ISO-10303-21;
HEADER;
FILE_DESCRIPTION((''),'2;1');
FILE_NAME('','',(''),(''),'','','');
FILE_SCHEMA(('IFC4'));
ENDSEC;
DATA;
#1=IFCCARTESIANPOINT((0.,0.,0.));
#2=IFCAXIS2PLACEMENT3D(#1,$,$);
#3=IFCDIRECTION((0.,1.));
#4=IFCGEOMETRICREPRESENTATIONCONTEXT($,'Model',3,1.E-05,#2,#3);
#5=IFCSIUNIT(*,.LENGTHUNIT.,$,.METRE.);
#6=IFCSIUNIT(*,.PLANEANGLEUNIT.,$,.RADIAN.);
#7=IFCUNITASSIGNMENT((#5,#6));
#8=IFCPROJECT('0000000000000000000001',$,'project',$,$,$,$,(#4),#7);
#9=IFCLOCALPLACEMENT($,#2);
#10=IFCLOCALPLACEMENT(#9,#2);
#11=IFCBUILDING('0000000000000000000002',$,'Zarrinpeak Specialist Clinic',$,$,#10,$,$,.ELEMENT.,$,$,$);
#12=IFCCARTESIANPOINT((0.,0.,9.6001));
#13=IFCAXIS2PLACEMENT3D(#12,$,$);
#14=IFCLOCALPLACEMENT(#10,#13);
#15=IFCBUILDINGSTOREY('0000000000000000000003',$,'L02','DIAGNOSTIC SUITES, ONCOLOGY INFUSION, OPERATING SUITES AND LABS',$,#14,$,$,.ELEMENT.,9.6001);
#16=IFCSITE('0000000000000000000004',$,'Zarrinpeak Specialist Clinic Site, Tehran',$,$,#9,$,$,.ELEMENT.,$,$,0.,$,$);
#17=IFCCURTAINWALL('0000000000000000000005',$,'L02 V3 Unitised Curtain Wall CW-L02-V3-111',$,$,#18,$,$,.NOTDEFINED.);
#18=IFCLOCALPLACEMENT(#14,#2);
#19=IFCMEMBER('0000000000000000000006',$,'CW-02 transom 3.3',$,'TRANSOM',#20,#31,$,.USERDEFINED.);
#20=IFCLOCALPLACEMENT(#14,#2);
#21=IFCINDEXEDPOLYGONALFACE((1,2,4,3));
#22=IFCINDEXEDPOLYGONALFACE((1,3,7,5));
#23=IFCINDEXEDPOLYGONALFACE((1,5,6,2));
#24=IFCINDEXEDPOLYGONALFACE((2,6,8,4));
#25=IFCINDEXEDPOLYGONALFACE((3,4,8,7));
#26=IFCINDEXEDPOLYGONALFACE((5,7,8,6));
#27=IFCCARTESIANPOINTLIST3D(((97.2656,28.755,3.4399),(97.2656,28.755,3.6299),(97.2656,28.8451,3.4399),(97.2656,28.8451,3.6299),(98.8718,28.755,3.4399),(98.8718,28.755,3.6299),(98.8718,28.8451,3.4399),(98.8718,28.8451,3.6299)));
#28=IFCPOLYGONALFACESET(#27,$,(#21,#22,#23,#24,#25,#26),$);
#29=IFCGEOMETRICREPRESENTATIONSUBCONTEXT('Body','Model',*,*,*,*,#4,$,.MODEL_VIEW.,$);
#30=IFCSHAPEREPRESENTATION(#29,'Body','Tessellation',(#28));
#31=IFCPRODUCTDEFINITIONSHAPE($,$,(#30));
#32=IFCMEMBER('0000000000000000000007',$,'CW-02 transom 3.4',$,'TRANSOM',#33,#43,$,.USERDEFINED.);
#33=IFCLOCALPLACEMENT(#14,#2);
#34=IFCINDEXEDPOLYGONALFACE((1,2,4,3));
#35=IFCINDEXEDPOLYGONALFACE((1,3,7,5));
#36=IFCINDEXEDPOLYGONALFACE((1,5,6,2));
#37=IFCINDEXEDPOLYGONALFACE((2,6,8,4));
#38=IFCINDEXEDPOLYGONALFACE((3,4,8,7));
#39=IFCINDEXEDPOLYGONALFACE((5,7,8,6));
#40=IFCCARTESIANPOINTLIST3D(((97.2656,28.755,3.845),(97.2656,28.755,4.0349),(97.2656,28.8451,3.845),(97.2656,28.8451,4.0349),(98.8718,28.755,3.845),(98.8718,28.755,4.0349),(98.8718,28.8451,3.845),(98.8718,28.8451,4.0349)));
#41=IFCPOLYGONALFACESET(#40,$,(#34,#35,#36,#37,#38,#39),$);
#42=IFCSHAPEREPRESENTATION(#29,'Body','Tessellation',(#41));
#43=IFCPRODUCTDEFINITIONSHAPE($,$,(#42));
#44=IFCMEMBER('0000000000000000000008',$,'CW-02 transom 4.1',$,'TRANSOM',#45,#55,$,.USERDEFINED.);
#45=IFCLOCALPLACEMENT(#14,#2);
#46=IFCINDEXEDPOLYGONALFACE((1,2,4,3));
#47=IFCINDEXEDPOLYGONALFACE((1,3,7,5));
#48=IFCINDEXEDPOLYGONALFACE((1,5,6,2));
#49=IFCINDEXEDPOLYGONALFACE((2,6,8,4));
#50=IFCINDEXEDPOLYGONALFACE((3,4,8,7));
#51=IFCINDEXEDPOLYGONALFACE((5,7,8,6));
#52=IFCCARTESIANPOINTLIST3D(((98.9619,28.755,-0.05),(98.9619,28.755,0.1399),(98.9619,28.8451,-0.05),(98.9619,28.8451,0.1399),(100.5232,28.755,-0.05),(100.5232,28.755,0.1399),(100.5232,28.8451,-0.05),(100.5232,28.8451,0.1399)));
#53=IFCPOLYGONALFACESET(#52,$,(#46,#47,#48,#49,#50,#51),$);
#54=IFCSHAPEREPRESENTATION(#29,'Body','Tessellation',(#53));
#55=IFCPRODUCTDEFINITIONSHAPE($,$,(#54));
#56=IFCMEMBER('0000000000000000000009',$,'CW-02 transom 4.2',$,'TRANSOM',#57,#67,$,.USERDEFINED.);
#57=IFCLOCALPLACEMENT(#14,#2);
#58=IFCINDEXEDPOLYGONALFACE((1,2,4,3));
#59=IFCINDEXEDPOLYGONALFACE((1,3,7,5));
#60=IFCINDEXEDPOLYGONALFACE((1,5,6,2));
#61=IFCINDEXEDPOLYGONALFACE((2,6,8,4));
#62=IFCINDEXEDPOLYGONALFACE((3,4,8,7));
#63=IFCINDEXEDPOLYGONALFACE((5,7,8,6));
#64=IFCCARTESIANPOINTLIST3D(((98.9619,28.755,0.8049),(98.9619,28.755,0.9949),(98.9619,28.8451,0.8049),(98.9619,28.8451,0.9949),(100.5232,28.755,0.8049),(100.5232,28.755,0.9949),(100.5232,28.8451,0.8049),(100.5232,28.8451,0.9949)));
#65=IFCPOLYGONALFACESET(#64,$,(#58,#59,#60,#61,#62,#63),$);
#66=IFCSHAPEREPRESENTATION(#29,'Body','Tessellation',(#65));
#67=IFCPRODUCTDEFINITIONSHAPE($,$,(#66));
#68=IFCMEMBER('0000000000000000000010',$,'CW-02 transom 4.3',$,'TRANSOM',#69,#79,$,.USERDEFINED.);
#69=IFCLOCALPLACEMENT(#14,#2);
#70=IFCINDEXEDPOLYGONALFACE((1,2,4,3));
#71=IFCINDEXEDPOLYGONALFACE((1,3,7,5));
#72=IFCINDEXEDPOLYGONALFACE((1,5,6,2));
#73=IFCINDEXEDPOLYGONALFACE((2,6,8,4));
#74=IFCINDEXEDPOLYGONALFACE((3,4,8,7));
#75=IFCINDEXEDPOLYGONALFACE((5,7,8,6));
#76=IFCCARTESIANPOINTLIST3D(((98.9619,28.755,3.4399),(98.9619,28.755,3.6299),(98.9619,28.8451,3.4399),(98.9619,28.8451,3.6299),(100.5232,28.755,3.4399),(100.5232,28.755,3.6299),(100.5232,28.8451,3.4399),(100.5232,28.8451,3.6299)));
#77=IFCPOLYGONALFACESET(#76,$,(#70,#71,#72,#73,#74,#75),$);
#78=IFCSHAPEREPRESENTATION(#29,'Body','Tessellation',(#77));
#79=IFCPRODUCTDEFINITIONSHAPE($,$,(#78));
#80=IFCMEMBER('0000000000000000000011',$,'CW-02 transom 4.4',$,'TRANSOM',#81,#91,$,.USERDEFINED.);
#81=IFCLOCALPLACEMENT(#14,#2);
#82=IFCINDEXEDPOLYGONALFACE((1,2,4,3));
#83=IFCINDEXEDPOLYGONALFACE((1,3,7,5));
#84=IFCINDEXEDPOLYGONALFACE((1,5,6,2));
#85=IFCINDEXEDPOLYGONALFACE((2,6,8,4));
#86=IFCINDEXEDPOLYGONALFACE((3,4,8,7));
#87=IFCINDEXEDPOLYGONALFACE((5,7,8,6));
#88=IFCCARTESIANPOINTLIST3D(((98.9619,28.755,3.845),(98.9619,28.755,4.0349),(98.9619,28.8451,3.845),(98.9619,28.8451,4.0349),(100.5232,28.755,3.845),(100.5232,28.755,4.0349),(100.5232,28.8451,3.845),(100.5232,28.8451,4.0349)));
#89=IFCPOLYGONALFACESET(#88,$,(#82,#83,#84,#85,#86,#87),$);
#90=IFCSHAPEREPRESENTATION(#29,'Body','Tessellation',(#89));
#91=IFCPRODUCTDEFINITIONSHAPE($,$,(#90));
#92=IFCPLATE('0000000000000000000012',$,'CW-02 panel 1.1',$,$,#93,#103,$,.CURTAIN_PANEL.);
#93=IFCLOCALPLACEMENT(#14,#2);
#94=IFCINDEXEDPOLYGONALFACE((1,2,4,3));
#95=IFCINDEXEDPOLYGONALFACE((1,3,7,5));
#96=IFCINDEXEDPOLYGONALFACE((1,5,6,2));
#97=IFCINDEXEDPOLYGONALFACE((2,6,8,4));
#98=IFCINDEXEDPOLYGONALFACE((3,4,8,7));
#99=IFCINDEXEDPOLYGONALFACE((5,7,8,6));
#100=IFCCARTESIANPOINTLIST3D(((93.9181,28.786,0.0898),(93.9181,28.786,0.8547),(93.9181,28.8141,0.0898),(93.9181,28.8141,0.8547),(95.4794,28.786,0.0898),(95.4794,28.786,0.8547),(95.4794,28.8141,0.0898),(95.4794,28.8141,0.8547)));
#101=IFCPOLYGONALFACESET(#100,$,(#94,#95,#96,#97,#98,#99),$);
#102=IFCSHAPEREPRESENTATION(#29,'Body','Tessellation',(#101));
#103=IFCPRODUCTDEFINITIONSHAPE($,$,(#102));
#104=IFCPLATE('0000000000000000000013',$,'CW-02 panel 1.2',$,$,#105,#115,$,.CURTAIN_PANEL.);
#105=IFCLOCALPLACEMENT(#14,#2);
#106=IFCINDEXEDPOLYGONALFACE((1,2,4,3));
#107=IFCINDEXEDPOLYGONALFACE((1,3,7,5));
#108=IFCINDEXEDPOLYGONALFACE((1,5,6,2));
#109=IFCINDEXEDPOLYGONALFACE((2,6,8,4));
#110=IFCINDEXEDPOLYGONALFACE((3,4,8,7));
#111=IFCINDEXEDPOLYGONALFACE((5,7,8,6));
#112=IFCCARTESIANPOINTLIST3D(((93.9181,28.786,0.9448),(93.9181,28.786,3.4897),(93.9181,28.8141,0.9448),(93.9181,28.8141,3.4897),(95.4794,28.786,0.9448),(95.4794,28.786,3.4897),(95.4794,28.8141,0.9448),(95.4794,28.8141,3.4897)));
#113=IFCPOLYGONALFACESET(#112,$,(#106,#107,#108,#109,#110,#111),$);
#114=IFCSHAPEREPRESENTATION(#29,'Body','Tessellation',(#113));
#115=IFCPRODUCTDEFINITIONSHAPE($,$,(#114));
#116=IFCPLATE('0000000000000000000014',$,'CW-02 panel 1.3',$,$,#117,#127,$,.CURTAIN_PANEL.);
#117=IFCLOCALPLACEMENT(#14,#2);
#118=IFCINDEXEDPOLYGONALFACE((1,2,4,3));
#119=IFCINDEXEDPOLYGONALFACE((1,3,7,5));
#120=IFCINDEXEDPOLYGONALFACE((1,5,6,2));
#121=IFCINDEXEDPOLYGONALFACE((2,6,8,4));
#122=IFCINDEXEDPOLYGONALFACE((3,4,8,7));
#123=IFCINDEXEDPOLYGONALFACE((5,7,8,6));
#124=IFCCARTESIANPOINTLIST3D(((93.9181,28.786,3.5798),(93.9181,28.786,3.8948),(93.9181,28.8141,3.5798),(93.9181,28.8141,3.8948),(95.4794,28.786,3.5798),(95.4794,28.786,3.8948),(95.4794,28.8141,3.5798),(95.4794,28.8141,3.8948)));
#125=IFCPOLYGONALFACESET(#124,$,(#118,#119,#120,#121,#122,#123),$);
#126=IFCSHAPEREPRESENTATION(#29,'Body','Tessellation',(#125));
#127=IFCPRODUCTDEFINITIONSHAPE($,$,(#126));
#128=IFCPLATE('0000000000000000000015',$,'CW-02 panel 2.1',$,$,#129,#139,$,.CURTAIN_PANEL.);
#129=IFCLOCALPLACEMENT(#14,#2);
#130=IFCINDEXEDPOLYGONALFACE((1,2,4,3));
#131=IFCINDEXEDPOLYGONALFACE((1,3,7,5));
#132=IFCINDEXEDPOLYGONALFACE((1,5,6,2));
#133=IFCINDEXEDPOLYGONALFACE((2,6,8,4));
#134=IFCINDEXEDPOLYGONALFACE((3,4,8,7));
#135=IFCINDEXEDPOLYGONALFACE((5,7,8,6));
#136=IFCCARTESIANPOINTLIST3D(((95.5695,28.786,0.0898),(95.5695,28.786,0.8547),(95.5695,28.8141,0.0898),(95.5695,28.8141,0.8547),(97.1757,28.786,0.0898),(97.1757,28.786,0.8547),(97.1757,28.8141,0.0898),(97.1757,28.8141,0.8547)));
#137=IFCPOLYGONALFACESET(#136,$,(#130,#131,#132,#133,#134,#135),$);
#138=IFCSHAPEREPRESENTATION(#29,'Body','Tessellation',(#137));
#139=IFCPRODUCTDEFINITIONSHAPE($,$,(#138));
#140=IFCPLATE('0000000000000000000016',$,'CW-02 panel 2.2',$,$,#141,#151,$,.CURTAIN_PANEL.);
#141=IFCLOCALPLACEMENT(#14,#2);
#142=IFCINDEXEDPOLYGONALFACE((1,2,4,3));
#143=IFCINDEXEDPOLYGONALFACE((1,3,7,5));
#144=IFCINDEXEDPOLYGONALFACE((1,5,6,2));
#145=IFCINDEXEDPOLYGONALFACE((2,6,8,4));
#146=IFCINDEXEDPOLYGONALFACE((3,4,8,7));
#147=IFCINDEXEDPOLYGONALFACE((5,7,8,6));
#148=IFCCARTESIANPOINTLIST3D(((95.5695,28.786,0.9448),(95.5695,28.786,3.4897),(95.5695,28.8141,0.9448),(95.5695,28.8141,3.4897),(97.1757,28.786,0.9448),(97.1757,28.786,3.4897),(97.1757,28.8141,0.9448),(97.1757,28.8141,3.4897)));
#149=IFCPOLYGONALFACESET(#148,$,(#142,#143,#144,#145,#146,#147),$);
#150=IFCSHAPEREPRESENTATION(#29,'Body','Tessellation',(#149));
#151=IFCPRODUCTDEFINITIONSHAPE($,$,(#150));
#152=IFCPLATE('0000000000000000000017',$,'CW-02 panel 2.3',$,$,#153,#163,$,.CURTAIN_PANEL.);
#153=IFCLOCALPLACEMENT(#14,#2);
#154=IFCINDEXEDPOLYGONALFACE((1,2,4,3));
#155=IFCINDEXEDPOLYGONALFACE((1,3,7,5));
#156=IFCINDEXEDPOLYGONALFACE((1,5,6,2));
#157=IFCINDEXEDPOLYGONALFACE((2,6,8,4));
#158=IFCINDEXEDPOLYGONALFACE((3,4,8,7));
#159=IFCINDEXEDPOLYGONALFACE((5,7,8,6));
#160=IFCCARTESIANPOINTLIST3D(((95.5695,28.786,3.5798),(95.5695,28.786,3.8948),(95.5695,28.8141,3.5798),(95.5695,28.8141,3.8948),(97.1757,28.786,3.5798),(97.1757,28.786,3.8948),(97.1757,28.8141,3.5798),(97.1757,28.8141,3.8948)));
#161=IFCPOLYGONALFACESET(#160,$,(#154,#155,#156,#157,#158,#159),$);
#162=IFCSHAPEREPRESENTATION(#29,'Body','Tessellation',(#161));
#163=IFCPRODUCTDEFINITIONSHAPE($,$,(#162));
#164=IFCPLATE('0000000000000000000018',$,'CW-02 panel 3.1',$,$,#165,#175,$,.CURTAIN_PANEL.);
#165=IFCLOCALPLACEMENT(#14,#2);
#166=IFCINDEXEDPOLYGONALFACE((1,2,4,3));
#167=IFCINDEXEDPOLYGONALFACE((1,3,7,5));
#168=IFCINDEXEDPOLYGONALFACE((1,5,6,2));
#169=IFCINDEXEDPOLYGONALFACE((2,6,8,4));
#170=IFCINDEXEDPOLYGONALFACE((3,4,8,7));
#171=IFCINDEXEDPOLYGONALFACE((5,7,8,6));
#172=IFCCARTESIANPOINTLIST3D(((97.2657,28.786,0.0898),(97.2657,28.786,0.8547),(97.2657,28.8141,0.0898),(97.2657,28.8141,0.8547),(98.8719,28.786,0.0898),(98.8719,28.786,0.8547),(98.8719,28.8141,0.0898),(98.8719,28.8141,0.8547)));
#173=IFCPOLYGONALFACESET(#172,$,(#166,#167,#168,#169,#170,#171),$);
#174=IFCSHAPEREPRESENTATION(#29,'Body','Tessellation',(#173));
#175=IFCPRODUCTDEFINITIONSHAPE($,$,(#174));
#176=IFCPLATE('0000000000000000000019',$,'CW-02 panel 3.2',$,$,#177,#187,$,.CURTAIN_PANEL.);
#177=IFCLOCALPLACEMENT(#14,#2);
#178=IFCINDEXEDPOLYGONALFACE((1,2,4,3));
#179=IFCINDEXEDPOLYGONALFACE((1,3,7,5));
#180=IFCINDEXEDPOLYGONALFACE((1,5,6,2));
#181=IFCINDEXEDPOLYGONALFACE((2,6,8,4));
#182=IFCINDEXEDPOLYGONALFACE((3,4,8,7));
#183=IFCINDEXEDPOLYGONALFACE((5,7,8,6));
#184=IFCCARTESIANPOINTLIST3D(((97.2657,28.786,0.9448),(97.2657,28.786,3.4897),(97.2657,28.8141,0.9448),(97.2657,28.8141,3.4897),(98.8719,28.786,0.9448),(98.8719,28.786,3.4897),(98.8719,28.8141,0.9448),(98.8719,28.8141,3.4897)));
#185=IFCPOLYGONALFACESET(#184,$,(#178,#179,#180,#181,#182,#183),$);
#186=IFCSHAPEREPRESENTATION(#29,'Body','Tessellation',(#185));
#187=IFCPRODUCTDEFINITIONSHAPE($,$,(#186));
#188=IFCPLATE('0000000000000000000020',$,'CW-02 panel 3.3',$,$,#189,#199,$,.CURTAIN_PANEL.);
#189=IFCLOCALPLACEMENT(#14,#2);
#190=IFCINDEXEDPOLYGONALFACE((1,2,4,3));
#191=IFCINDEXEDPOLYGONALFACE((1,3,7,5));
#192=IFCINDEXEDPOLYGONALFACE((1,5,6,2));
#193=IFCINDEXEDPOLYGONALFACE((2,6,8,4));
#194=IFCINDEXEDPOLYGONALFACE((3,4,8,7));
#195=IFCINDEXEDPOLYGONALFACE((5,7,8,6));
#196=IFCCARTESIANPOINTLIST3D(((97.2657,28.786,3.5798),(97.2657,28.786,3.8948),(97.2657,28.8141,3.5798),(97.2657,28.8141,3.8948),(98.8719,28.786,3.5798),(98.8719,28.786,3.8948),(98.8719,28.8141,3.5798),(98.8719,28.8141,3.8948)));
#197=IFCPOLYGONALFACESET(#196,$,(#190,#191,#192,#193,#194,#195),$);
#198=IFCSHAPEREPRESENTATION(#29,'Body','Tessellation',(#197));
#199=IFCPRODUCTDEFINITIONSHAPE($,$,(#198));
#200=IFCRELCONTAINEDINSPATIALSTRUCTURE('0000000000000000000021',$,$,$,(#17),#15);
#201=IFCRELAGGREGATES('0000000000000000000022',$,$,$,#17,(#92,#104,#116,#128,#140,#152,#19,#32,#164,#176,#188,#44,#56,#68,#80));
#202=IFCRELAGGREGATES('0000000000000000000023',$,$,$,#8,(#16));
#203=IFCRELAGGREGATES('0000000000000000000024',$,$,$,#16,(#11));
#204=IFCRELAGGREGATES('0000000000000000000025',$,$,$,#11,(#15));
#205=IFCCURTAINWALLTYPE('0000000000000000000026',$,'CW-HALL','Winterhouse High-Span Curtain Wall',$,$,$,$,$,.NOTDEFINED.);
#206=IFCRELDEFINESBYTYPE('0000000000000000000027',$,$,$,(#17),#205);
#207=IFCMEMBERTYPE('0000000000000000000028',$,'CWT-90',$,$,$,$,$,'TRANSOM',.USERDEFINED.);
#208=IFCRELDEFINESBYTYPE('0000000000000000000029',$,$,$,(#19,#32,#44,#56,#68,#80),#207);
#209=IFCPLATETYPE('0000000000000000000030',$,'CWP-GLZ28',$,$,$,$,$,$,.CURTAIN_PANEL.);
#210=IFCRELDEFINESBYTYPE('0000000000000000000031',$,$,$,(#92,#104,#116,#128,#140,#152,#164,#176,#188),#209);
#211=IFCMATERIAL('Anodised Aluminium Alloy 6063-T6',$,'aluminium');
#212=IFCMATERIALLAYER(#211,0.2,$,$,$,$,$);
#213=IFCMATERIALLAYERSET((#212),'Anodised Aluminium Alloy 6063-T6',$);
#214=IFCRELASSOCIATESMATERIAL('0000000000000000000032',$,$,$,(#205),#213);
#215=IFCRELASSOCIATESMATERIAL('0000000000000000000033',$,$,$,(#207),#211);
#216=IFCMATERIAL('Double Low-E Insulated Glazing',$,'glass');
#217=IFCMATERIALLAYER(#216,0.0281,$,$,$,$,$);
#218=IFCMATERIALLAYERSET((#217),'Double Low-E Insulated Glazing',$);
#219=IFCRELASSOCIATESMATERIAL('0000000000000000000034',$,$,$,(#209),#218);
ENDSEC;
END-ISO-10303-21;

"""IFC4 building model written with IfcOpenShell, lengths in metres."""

from ifc_helpers import new_model, si_unit, direction, frame, origin, origin_2d, place, context, subcontext, project, spatial, rectangle, extrude, material, layer, layer_set, material_profile, profile_set, type_object, element, aggregate, save


model = new_model("IFC4")

# Units and contexts
model_context = context("Model", 3, precision=1e-05, world=origin(), true_north=direction((0.0, 1.0)))
body_context = subcontext(model_context, "Body", "Model", "MODEL_VIEW")
ifc_project = project(units=[si_unit("LENGTHUNIT", "METRE"), si_unit("PLANEANGLEUNIT", "RADIAN")], contexts=[model_context])

# Site, building, storey
site_placement = place(None, origin())
site = spatial("IfcSite", under=ifc_project, at=site_placement, Name="Zarrinpeak Specialist Clinic Site, Tehran", CompositionType="ELEMENT", RefElevation=0.0)
building_placement = place(site_placement, origin())
building = spatial("IfcBuilding", under=site, at=building_placement, Name="Zarrinpeak Specialist Clinic", CompositionType="ELEMENT")
storey_placement = place(building_placement, frame((0.0, 0.0, 9.6001)))
storey = spatial("IfcBuildingStorey", under=building, at=storey_placement, Name="L02", Description="DIAGNOSTIC SUITES, ONCOLOGY INFUSION, OPERATING SUITES AND LABS", CompositionType="ELEMENT", Elevation=9.6001)

# Curtain wall, members, plates
ifc_material_1 = material(Name="Anodised Aluminium Alloy 6063-T6", Category="aluminium")
ifc_layer_1 = layer(ifc_material_1, 0.2)
ifc_layer_set_1 = layer_set([ifc_layer_1], Name="Anodised Aluminium Alloy 6063-T6")
curtain_wall_type = type_object("IfcCurtainWallType", Name="CW-HALL", Description="Winterhouse High-Span Curtain Wall", PredefinedType="NOTDEFINED", material=ifc_layer_set_1)
curtain_wall_placement = place(storey_placement, origin())
curtain_wall = element("IfcCurtainWall", 1, at=curtain_wall_placement, inside=storey, type_object=curtain_wall_type, Name="L02 V3 Unitised Curtain Wall CW-L02-V3-111", PredefinedType="NOTDEFINED")
ifc_material_profile_1 = material_profile(ifc_material_1, rectangle(XDim=0.0901, YDim=0.1899, at=origin_2d()), Name="ALU 90x190")
ifc_profile_set_1 = profile_set([ifc_material_profile_1], Name="Anodised Aluminium Alloy 6063-T6")
member_type_1 = type_object("IfcMemberType", Name="CWT-90", ElementType="TRANSOM", PredefinedType="USERDEFINED", material=ifc_profile_set_1)
member_1_placement = place(storey_placement, frame((97.2656, 28.8, 3.5349), z_axis=(1.0, 0.0, 0.0), x_axis=(0.0, 1.0, 0.0)))
member_1 = element("IfcMember", 2, at=member_1_placement, type_object=member_type_1, Name="CW-02 transom 3.3", ObjectType="TRANSOM", PredefinedType="USERDEFINED", context=body_context, shape_type="SweptSolid", body=[
    extrude(rectangle(XDim=0.0901, YDim=0.1899, at=origin_2d()), origin(), (0.0, 0.0, 1.0), 1.6062),
])
member_2_placement = place(storey_placement, frame((97.2656, 28.8, 3.9399), z_axis=(1.0, 0.0, 0.0), x_axis=(0.0, 1.0, 0.0)))
member_2 = element("IfcMember", 3, at=member_2_placement, type_object=member_type_1, Name="CW-02 transom 3.4", ObjectType="TRANSOM", PredefinedType="USERDEFINED", context=body_context, shape_type="SweptSolid", body=[
    extrude(rectangle(XDim=0.0901, YDim=0.1899, at=origin_2d()), origin(), (0.0, 0.0, 1.0), 1.6062),
])
member_3_placement = place(storey_placement, frame((98.9619, 28.8, 0.0449), z_axis=(1.0, 0.0, 0.0), x_axis=(0.0, 1.0, 0.0)))
member_3 = element("IfcMember", 4, at=member_3_placement, type_object=member_type_1, Name="CW-02 transom 4.1", ObjectType="TRANSOM", PredefinedType="USERDEFINED", context=body_context, shape_type="SweptSolid", body=[
    extrude(rectangle(XDim=0.0901, YDim=0.1899, at=origin_2d()), origin(), (0.0, 0.0, 1.0), 1.5613),
])
member_4_placement = place(storey_placement, frame((98.9619, 28.8, 0.8999), z_axis=(1.0, 0.0, 0.0), x_axis=(0.0, 1.0, 0.0)))
member_4 = element("IfcMember", 5, at=member_4_placement, type_object=member_type_1, Name="CW-02 transom 4.2", ObjectType="TRANSOM", PredefinedType="USERDEFINED", context=body_context, shape_type="SweptSolid", body=[
    extrude(rectangle(XDim=0.0901, YDim=0.1899, at=origin_2d()), origin(), (0.0, 0.0, 1.0), 1.5613),
])
member_5_placement = place(storey_placement, frame((98.9619, 28.8, 3.5349), z_axis=(1.0, 0.0, 0.0), x_axis=(0.0, 1.0, 0.0)))
member_5 = element("IfcMember", 6, at=member_5_placement, type_object=member_type_1, Name="CW-02 transom 4.3", ObjectType="TRANSOM", PredefinedType="USERDEFINED", context=body_context, shape_type="SweptSolid", body=[
    extrude(rectangle(XDim=0.0901, YDim=0.1899, at=origin_2d()), origin(), (0.0, 0.0, 1.0), 1.5613),
])
member_6_placement = place(storey_placement, frame((98.9619, 28.8, 3.9399), z_axis=(1.0, 0.0, 0.0), x_axis=(0.0, 1.0, 0.0)))
member_6 = element("IfcMember", 7, at=member_6_placement, type_object=member_type_1, Name="CW-02 transom 4.4", ObjectType="TRANSOM", PredefinedType="USERDEFINED", context=body_context, shape_type="SweptSolid", body=[
    extrude(rectangle(XDim=0.0901, YDim=0.1899, at=origin_2d()), origin(), (0.0, 0.0, 1.0), 1.5613),
])
ifc_material_2 = material(Name="Double Low-E Insulated Glazing", Category="glass")
ifc_layer_2 = layer(ifc_material_2, 0.0281)
ifc_layer_set_2 = layer_set([ifc_layer_2], Name="Double Low-E Insulated Glazing")
plate_type_1 = type_object("IfcPlateType", Name="CWP-GLZ28", PredefinedType="CURTAIN_PANEL", material=ifc_layer_set_2)
plate_1_placement = place(storey_placement, frame((94.6987, 28.8, 0.0898), z_axis=(0.0, 0.0, 1.0), x_axis=(1.0, 0.0, 0.0)))
plate_1 = element("IfcPlate", 8, at=plate_1_placement, type_object=plate_type_1, Name="CW-02 panel 1.1", PredefinedType="CURTAIN_PANEL", context=body_context, shape_type="SweptSolid", body=[
    extrude(rectangle(XDim=1.5613, YDim=0.0281, at=origin_2d()), origin(), (0.0, 0.0, 1.0), 0.7649),
])
plate_2_placement = place(storey_placement, frame((94.6987, 28.8, 0.9448), z_axis=(0.0, 0.0, 1.0), x_axis=(1.0, 0.0, 0.0)))
plate_2 = element("IfcPlate", 9, at=plate_2_placement, type_object=plate_type_1, Name="CW-02 panel 1.2", PredefinedType="CURTAIN_PANEL", context=body_context, shape_type="SweptSolid", body=[
    extrude(rectangle(XDim=1.5613, YDim=0.0281, at=origin_2d()), origin(), (0.0, 0.0, 1.0), 2.5449),
])
plate_3_placement = place(storey_placement, frame((94.6987, 28.8, 3.5798), z_axis=(0.0, 0.0, 1.0), x_axis=(1.0, 0.0, 0.0)))
plate_3 = element("IfcPlate", 10, at=plate_3_placement, type_object=plate_type_1, Name="CW-02 panel 1.3", PredefinedType="CURTAIN_PANEL", context=body_context, shape_type="SweptSolid", body=[
    extrude(rectangle(XDim=1.5613, YDim=0.0281, at=origin_2d()), origin(), (0.0, 0.0, 1.0), 0.3149),
])
plate_4_placement = place(storey_placement, frame((96.3726, 28.8, 0.0898), z_axis=(0.0, 0.0, 1.0), x_axis=(1.0, 0.0, 0.0)))
plate_4 = element("IfcPlate", 11, at=plate_4_placement, type_object=plate_type_1, Name="CW-02 panel 2.1", PredefinedType="CURTAIN_PANEL", context=body_context, shape_type="SweptSolid", body=[
    extrude(rectangle(XDim=1.6062, YDim=0.0281, at=origin_2d()), origin(), (0.0, 0.0, 1.0), 0.7649),
])
plate_5_placement = place(storey_placement, frame((96.3726, 28.8, 0.9448), z_axis=(0.0, 0.0, 1.0), x_axis=(1.0, 0.0, 0.0)))
plate_5 = element("IfcPlate", 12, at=plate_5_placement, type_object=plate_type_1, Name="CW-02 panel 2.2", PredefinedType="CURTAIN_PANEL", context=body_context, shape_type="SweptSolid", body=[
    extrude(rectangle(XDim=1.6062, YDim=0.0281, at=origin_2d()), origin(), (0.0, 0.0, 1.0), 2.5449),
])
plate_6_placement = place(storey_placement, frame((96.3726, 28.8, 3.5798), z_axis=(0.0, 0.0, 1.0), x_axis=(1.0, 0.0, 0.0)))
plate_6 = element("IfcPlate", 13, at=plate_6_placement, type_object=plate_type_1, Name="CW-02 panel 2.3", PredefinedType="CURTAIN_PANEL", context=body_context, shape_type="SweptSolid", body=[
    extrude(rectangle(XDim=1.6062, YDim=0.0281, at=origin_2d()), origin(), (0.0, 0.0, 1.0), 0.3149),
])
plate_7_placement = place(storey_placement, frame((98.0688, 28.8, 0.0898), z_axis=(0.0, 0.0, 1.0), x_axis=(1.0, 0.0, 0.0)))
plate_7 = element("IfcPlate", 14, at=plate_7_placement, type_object=plate_type_1, Name="CW-02 panel 3.1", PredefinedType="CURTAIN_PANEL", context=body_context, shape_type="SweptSolid", body=[
    extrude(rectangle(XDim=1.6062, YDim=0.0281, at=origin_2d()), origin(), (0.0, 0.0, 1.0), 0.7649),
])
plate_8_placement = place(storey_placement, frame((98.0688, 28.8, 0.9448), z_axis=(0.0, 0.0, 1.0), x_axis=(1.0, 0.0, 0.0)))
plate_8 = element("IfcPlate", 15, at=plate_8_placement, type_object=plate_type_1, Name="CW-02 panel 3.2", PredefinedType="CURTAIN_PANEL", context=body_context, shape_type="SweptSolid", body=[
    extrude(rectangle(XDim=1.6062, YDim=0.0281, at=origin_2d()), origin(), (0.0, 0.0, 1.0), 2.5449),
])
plate_9_placement = place(storey_placement, frame((98.0688, 28.8, 3.5798), z_axis=(0.0, 0.0, 1.0), x_axis=(1.0, 0.0, 0.0)))
plate_9 = element("IfcPlate", 16, at=plate_9_placement, type_object=plate_type_1, Name="CW-02 panel 3.3", PredefinedType="CURTAIN_PANEL", context=body_context, shape_type="SweptSolid", body=[
    extrude(rectangle(XDim=1.6062, YDim=0.0281, at=origin_2d()), origin(), (0.0, 0.0, 1.0), 0.3149),
])
aggregate(curtain_wall, [plate_1, plate_2, plate_3, plate_4, plate_5, plate_6, member_1, member_2, plate_7, plate_8, plate_9, member_3, member_4, member_5, member_6])

save(model, "model.ifc")
